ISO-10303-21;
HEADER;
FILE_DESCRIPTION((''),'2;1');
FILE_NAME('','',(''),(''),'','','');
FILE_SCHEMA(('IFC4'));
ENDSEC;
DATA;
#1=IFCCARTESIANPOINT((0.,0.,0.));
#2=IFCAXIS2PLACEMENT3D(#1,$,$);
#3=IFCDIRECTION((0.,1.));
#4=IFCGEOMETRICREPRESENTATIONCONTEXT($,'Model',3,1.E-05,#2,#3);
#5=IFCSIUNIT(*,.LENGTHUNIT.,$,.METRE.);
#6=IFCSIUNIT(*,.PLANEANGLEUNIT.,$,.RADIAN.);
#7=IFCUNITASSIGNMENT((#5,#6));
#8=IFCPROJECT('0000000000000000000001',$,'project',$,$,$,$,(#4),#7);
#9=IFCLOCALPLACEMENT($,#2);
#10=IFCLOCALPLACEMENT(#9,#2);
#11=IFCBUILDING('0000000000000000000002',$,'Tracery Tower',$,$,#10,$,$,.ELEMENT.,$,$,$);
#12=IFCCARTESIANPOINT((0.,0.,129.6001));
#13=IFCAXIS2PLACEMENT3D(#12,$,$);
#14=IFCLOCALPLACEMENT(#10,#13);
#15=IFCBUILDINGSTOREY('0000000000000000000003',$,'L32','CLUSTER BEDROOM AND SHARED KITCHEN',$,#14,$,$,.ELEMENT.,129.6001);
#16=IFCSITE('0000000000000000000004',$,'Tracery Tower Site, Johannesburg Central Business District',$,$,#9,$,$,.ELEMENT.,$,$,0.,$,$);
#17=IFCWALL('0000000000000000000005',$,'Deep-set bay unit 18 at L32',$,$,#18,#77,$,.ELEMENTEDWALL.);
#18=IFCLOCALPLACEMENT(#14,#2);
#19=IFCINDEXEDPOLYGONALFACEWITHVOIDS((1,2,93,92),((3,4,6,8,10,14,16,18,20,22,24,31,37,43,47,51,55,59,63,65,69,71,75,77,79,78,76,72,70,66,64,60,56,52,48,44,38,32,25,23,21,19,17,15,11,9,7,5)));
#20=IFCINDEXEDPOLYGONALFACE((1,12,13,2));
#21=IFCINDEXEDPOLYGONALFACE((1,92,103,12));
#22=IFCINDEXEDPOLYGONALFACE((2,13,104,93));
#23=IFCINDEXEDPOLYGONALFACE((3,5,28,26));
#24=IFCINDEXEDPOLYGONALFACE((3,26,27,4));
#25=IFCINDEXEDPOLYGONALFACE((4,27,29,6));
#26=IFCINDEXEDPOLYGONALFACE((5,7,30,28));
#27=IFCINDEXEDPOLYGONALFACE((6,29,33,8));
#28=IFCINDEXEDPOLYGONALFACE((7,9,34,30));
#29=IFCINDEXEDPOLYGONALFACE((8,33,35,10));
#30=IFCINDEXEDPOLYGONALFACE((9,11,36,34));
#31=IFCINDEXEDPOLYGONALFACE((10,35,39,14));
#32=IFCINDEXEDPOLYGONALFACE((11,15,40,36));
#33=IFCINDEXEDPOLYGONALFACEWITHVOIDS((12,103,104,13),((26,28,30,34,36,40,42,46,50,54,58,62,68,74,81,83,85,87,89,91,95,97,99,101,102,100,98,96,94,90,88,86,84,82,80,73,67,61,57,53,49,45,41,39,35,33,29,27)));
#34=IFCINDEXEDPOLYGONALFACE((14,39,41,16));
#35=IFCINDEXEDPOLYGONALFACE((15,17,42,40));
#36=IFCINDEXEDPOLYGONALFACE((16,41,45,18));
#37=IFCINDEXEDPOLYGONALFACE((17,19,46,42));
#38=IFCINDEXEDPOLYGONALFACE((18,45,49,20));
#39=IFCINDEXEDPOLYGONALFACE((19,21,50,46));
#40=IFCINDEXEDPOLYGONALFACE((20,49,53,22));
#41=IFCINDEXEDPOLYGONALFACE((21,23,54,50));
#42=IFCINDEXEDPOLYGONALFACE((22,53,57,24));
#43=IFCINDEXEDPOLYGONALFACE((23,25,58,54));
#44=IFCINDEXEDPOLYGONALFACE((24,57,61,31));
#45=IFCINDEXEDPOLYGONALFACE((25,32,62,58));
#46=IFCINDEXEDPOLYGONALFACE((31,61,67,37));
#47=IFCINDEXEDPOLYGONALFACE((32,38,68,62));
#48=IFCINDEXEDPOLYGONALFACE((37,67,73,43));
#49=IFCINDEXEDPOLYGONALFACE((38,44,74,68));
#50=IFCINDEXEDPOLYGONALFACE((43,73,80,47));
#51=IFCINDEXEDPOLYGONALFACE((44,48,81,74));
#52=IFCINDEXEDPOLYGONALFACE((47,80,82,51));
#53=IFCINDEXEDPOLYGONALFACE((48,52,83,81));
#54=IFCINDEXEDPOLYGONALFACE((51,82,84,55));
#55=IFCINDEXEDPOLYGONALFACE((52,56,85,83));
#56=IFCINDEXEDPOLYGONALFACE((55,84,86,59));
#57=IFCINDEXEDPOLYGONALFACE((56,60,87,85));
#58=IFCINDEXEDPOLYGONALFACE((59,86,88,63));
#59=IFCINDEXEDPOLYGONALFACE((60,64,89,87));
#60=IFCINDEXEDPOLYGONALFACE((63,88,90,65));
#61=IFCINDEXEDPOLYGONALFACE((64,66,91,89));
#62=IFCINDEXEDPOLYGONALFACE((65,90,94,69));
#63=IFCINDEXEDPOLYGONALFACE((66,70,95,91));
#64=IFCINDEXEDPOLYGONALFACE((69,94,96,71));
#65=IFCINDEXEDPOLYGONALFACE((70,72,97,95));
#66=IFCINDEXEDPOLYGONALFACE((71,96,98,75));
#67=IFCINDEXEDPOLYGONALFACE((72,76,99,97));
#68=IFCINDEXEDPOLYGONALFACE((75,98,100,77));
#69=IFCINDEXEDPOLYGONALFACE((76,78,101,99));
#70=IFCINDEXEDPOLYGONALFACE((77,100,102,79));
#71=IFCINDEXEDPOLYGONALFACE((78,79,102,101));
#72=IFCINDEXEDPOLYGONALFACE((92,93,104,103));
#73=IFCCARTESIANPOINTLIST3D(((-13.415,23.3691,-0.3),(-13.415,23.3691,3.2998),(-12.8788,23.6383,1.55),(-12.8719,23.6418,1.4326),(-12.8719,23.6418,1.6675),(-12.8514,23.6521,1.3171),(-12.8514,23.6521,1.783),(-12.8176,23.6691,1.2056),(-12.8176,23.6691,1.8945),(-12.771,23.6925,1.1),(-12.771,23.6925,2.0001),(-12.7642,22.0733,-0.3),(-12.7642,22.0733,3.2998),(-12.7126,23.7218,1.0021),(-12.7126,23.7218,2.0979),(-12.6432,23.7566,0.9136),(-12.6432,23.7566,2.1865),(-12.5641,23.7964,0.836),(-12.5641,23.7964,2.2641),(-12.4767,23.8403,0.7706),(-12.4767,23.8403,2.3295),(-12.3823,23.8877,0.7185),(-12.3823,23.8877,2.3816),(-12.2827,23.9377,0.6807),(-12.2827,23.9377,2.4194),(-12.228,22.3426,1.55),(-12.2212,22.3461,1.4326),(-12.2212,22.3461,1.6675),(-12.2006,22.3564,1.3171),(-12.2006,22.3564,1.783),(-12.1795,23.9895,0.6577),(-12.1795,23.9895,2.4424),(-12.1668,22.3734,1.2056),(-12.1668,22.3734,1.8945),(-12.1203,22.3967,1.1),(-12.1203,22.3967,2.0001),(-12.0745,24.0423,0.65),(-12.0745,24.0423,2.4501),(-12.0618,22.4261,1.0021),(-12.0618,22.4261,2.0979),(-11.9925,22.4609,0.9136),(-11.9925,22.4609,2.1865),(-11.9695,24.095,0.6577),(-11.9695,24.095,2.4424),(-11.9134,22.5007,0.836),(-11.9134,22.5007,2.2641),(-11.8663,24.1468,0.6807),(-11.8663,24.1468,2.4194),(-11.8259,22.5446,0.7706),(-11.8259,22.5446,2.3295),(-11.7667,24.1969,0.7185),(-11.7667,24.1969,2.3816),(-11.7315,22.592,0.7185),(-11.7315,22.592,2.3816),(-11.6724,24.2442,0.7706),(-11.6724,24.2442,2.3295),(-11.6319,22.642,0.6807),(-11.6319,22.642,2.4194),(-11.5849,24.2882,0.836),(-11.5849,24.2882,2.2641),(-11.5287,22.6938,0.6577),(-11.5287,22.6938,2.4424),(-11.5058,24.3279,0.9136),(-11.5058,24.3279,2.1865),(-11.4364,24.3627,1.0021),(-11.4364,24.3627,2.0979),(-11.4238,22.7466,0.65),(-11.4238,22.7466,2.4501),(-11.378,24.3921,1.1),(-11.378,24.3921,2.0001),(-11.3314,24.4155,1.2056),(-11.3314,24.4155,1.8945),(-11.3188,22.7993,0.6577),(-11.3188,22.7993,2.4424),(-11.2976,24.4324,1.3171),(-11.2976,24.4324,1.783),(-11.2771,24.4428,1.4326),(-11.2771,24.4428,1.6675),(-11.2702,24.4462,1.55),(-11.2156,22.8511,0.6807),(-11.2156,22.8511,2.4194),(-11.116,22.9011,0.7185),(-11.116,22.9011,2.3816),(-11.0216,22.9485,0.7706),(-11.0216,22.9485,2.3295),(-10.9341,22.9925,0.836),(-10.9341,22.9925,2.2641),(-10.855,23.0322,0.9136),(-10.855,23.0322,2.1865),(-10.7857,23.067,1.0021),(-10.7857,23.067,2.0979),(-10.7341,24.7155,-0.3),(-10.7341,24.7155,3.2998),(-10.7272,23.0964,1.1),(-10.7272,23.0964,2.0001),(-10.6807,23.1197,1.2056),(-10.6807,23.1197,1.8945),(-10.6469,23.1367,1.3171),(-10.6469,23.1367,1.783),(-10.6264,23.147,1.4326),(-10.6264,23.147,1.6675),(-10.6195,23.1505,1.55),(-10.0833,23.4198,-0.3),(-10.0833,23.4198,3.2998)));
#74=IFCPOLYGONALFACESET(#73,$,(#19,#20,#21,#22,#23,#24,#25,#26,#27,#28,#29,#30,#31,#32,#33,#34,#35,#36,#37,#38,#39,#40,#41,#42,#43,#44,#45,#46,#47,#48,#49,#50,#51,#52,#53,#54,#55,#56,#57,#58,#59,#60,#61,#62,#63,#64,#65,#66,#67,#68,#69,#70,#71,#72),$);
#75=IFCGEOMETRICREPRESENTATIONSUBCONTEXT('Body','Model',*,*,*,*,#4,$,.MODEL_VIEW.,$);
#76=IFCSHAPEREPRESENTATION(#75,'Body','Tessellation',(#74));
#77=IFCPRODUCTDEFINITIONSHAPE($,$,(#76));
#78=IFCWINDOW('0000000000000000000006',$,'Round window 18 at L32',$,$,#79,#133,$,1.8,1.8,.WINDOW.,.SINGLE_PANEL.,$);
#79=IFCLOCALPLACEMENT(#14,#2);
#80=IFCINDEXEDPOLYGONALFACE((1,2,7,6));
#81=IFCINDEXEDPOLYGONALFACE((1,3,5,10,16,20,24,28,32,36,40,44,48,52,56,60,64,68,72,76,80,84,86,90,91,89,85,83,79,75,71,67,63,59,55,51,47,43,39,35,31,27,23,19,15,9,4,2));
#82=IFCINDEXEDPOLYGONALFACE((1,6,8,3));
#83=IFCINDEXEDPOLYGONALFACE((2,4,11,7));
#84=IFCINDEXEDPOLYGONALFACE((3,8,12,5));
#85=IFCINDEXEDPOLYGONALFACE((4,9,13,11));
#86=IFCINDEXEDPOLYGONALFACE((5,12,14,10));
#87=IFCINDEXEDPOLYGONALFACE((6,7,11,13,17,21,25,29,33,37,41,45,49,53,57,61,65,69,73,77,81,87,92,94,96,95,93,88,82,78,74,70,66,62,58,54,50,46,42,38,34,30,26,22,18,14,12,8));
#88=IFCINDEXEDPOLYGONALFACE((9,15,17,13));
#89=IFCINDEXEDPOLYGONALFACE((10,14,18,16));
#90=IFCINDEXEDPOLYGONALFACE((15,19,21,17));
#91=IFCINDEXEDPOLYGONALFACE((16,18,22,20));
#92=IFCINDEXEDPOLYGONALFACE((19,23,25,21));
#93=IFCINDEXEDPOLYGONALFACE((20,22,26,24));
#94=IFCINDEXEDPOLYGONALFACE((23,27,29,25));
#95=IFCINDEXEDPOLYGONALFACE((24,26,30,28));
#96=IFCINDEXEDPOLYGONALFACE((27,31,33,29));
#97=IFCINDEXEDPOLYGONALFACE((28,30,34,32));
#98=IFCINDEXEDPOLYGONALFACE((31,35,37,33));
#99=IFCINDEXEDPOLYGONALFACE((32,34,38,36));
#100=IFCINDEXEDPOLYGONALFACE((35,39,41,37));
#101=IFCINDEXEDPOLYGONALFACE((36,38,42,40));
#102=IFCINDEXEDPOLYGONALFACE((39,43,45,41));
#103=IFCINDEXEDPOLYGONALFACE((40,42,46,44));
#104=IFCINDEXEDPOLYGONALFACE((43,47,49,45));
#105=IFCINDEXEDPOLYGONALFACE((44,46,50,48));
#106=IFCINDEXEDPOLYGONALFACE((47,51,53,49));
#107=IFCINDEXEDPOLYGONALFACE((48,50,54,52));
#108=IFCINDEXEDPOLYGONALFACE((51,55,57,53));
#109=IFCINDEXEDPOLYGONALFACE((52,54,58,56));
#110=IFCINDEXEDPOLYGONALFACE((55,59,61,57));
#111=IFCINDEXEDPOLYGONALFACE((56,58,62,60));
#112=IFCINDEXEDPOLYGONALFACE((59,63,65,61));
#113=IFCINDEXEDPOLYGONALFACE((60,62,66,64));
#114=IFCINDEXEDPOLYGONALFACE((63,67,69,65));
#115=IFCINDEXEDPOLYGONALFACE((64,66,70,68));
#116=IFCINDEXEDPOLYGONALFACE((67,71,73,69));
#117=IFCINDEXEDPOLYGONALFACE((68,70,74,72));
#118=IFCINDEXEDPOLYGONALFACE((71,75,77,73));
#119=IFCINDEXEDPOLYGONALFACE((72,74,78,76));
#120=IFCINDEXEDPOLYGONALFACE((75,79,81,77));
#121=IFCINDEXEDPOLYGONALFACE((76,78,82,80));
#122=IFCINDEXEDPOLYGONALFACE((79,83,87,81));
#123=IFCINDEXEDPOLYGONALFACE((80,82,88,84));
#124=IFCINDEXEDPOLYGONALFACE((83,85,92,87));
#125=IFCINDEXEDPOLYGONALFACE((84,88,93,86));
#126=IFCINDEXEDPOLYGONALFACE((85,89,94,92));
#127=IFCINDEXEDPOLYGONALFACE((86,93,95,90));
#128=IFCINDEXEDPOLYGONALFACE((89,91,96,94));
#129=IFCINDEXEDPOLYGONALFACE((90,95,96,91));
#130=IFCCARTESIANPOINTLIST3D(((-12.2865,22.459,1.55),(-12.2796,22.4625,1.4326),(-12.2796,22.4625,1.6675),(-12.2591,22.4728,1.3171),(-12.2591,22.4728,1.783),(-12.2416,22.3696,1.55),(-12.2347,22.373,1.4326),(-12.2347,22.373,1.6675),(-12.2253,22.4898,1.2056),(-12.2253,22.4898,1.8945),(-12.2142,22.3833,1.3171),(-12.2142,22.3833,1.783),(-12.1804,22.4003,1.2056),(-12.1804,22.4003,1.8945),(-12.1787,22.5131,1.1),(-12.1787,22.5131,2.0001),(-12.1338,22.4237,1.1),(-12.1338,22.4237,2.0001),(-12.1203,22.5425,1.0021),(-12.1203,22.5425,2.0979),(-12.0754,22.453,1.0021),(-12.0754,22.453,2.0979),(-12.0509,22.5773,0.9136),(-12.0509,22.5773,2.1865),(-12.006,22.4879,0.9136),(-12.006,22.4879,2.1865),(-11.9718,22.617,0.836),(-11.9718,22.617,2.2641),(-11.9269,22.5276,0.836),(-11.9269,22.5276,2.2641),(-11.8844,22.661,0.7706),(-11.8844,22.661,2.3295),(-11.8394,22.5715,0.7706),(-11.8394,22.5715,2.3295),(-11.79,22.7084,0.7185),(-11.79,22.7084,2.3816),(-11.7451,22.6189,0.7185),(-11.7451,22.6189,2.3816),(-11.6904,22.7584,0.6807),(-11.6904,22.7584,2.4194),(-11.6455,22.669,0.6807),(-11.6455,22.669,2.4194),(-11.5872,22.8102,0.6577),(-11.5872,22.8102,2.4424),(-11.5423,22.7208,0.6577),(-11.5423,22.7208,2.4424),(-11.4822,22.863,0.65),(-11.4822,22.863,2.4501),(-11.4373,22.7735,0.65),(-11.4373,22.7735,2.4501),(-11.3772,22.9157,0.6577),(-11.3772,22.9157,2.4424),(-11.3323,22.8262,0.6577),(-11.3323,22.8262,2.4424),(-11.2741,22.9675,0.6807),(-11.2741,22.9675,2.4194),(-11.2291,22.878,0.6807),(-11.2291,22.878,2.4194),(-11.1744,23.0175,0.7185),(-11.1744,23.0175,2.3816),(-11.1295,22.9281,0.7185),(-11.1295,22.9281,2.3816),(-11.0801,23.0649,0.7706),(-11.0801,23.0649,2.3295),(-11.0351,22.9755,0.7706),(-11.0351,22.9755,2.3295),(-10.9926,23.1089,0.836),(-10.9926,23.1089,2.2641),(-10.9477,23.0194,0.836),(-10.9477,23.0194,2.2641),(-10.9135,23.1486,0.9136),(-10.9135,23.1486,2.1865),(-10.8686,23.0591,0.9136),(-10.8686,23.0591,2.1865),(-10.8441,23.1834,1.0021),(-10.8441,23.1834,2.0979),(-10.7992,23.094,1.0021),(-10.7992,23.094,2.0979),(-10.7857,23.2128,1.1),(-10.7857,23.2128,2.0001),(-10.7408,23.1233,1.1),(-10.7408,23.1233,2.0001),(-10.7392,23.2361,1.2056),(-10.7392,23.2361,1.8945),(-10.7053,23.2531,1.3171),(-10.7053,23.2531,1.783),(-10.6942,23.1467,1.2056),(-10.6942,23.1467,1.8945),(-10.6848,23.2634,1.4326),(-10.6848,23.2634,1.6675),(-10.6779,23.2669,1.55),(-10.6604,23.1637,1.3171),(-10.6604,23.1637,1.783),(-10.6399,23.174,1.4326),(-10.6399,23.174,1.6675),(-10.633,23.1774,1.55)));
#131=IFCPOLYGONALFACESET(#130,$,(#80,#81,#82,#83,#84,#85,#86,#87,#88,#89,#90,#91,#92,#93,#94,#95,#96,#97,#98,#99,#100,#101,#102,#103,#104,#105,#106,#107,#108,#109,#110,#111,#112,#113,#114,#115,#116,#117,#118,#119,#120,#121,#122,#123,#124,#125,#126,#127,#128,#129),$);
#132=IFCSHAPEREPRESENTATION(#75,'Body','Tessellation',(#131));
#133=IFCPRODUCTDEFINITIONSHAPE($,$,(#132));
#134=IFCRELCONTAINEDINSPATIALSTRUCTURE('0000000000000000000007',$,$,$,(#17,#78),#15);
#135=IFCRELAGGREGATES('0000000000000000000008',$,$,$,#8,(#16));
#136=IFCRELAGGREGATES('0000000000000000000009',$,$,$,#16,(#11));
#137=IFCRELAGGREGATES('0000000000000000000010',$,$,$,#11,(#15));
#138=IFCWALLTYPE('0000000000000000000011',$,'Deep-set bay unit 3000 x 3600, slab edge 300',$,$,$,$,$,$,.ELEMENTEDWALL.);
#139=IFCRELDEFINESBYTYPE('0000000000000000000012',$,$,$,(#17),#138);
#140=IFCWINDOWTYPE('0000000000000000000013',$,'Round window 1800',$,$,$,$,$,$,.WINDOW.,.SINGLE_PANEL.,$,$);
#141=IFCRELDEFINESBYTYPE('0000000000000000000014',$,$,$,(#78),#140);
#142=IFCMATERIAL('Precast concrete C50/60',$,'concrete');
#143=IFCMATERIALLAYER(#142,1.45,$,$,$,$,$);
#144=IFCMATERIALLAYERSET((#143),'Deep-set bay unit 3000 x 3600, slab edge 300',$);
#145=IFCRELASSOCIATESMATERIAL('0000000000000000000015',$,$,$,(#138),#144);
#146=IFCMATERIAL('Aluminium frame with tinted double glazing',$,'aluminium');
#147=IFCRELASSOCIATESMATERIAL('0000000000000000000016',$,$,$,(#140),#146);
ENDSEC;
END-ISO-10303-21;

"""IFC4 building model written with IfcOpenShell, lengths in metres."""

from ifc_helpers import new_model, si_unit, direction, frame, frame_2d, origin, origin_2d, place, context, subcontext, project, spatial, rectangle, circle, extrude, material, layer, layer_set, type_object, element, fill, save


model = new_model("IFC4")

# Units and contexts
model_context = context("Model", 3, precision=1e-05, world=origin(), true_north=direction((0.0, 1.0)))
body_context = subcontext(model_context, "Body", "Model", "MODEL_VIEW")
ifc_project = project(units=[si_unit("LENGTHUNIT", "METRE"), si_unit("PLANEANGLEUNIT", "RADIAN")], contexts=[model_context])

# Site, building, storey
site_placement = place(None, origin())
site = spatial("IfcSite", under=ifc_project, at=site_placement, Name="Tracery Tower Site, Johannesburg Central Business District", CompositionType="ELEMENT", RefElevation=0.0)
building_placement = place(site_placement, origin())
building = spatial("IfcBuilding", under=site, at=building_placement, Name="Tracery Tower", CompositionType="ELEMENT")
storey_placement = place(building_placement, frame((0.0, 0.0, 129.6001)))
storey = spatial("IfcBuildingStorey", under=building, at=storey_placement, Name="L32", Description="CLUSTER BEDROOM AND SHARED KITCHEN", CompositionType="ELEMENT", Elevation=129.6001)

# Wall, opening, window
ifc_material_1 = material(Name="Precast concrete C50/60", Category="concrete")
ifc_layer_1 = layer(ifc_material_1, 1.45)
ifc_layer_set_1 = layer_set([ifc_layer_1], Name="Deep-set bay unit 3000 x 3600, slab edge 300")
wall_type_1 = type_object("IfcWallType", Name="Deep-set bay unit 3000 x 3600, slab edge 300", PredefinedType="ELEMENTEDWALL", material=ifc_layer_set_1)
ifc_material_2 = material(Name="Aluminium frame with tinted double glazing", Category="aluminium")
window_type = type_object("IfcWindowType", Name="Round window 1800", PartitioningType="SINGLE_PANEL", PredefinedType="WINDOW", material=ifc_material_2)
wall_1_placement = place(storey_placement, frame((-10.4087, 24.0676, -0.3), z_axis=(0.0, 0.0, 1.0), x_axis=(-0.893628, -0.448808, 0.0)))
wall_1 = element("IfcWall", 1, at=wall_1_placement, inside=storey, type_object=wall_type_1, Name="Deep-set bay unit 18 at L32", PredefinedType="ELEMENTEDWALL", context=body_context, shape_type="SweptSolid", body=[
    extrude(rectangle(XDim=3.0, YDim=1.45, at=frame_2d((1.5, 0.0))), origin(), (0.0, 0.0, 1.0), 3.5999),
])
opening_1_placement = place(wall_1_placement, frame((1.5, 0.0, 1.8501)))
opening_1 = element("IfcOpeningElement", 2, at=opening_1_placement, cuts=wall_1, PredefinedType="OPENING", context=body_context, shape_type="SweptSolid", body=[
    extrude(circle(Radius=0.9, at=origin_2d()), frame((0.0, 0.7349, 0.0), z_axis=(0.0, -1.0, 0.0), x_axis=(1.0, 0.0, 0.0)), (0.0, 0.0, 1.0), 1.47),
])
window_1_placement = place(opening_1_placement, origin())
window_1 = element("IfcWindow", 3, at=window_1_placement, inside=storey, type_object=window_type, Name="Round window 18 at L32", OverallHeight=1.8, OverallWidth=1.8, PartitioningType="SINGLE_PANEL", PredefinedType="WINDOW", context=body_context, shape_type="SweptSolid", body=[
    extrude(circle(Radius=0.9, at=origin_2d()), frame((0.0, 0.6948, 0.0), z_axis=(0.0, -1.0, 0.0), x_axis=(1.0, 0.0, 0.0)), (0.0, 0.0, 1.0), 0.1001),
])
fill(opening_1, window_1)

save(model, "model.ifc")
